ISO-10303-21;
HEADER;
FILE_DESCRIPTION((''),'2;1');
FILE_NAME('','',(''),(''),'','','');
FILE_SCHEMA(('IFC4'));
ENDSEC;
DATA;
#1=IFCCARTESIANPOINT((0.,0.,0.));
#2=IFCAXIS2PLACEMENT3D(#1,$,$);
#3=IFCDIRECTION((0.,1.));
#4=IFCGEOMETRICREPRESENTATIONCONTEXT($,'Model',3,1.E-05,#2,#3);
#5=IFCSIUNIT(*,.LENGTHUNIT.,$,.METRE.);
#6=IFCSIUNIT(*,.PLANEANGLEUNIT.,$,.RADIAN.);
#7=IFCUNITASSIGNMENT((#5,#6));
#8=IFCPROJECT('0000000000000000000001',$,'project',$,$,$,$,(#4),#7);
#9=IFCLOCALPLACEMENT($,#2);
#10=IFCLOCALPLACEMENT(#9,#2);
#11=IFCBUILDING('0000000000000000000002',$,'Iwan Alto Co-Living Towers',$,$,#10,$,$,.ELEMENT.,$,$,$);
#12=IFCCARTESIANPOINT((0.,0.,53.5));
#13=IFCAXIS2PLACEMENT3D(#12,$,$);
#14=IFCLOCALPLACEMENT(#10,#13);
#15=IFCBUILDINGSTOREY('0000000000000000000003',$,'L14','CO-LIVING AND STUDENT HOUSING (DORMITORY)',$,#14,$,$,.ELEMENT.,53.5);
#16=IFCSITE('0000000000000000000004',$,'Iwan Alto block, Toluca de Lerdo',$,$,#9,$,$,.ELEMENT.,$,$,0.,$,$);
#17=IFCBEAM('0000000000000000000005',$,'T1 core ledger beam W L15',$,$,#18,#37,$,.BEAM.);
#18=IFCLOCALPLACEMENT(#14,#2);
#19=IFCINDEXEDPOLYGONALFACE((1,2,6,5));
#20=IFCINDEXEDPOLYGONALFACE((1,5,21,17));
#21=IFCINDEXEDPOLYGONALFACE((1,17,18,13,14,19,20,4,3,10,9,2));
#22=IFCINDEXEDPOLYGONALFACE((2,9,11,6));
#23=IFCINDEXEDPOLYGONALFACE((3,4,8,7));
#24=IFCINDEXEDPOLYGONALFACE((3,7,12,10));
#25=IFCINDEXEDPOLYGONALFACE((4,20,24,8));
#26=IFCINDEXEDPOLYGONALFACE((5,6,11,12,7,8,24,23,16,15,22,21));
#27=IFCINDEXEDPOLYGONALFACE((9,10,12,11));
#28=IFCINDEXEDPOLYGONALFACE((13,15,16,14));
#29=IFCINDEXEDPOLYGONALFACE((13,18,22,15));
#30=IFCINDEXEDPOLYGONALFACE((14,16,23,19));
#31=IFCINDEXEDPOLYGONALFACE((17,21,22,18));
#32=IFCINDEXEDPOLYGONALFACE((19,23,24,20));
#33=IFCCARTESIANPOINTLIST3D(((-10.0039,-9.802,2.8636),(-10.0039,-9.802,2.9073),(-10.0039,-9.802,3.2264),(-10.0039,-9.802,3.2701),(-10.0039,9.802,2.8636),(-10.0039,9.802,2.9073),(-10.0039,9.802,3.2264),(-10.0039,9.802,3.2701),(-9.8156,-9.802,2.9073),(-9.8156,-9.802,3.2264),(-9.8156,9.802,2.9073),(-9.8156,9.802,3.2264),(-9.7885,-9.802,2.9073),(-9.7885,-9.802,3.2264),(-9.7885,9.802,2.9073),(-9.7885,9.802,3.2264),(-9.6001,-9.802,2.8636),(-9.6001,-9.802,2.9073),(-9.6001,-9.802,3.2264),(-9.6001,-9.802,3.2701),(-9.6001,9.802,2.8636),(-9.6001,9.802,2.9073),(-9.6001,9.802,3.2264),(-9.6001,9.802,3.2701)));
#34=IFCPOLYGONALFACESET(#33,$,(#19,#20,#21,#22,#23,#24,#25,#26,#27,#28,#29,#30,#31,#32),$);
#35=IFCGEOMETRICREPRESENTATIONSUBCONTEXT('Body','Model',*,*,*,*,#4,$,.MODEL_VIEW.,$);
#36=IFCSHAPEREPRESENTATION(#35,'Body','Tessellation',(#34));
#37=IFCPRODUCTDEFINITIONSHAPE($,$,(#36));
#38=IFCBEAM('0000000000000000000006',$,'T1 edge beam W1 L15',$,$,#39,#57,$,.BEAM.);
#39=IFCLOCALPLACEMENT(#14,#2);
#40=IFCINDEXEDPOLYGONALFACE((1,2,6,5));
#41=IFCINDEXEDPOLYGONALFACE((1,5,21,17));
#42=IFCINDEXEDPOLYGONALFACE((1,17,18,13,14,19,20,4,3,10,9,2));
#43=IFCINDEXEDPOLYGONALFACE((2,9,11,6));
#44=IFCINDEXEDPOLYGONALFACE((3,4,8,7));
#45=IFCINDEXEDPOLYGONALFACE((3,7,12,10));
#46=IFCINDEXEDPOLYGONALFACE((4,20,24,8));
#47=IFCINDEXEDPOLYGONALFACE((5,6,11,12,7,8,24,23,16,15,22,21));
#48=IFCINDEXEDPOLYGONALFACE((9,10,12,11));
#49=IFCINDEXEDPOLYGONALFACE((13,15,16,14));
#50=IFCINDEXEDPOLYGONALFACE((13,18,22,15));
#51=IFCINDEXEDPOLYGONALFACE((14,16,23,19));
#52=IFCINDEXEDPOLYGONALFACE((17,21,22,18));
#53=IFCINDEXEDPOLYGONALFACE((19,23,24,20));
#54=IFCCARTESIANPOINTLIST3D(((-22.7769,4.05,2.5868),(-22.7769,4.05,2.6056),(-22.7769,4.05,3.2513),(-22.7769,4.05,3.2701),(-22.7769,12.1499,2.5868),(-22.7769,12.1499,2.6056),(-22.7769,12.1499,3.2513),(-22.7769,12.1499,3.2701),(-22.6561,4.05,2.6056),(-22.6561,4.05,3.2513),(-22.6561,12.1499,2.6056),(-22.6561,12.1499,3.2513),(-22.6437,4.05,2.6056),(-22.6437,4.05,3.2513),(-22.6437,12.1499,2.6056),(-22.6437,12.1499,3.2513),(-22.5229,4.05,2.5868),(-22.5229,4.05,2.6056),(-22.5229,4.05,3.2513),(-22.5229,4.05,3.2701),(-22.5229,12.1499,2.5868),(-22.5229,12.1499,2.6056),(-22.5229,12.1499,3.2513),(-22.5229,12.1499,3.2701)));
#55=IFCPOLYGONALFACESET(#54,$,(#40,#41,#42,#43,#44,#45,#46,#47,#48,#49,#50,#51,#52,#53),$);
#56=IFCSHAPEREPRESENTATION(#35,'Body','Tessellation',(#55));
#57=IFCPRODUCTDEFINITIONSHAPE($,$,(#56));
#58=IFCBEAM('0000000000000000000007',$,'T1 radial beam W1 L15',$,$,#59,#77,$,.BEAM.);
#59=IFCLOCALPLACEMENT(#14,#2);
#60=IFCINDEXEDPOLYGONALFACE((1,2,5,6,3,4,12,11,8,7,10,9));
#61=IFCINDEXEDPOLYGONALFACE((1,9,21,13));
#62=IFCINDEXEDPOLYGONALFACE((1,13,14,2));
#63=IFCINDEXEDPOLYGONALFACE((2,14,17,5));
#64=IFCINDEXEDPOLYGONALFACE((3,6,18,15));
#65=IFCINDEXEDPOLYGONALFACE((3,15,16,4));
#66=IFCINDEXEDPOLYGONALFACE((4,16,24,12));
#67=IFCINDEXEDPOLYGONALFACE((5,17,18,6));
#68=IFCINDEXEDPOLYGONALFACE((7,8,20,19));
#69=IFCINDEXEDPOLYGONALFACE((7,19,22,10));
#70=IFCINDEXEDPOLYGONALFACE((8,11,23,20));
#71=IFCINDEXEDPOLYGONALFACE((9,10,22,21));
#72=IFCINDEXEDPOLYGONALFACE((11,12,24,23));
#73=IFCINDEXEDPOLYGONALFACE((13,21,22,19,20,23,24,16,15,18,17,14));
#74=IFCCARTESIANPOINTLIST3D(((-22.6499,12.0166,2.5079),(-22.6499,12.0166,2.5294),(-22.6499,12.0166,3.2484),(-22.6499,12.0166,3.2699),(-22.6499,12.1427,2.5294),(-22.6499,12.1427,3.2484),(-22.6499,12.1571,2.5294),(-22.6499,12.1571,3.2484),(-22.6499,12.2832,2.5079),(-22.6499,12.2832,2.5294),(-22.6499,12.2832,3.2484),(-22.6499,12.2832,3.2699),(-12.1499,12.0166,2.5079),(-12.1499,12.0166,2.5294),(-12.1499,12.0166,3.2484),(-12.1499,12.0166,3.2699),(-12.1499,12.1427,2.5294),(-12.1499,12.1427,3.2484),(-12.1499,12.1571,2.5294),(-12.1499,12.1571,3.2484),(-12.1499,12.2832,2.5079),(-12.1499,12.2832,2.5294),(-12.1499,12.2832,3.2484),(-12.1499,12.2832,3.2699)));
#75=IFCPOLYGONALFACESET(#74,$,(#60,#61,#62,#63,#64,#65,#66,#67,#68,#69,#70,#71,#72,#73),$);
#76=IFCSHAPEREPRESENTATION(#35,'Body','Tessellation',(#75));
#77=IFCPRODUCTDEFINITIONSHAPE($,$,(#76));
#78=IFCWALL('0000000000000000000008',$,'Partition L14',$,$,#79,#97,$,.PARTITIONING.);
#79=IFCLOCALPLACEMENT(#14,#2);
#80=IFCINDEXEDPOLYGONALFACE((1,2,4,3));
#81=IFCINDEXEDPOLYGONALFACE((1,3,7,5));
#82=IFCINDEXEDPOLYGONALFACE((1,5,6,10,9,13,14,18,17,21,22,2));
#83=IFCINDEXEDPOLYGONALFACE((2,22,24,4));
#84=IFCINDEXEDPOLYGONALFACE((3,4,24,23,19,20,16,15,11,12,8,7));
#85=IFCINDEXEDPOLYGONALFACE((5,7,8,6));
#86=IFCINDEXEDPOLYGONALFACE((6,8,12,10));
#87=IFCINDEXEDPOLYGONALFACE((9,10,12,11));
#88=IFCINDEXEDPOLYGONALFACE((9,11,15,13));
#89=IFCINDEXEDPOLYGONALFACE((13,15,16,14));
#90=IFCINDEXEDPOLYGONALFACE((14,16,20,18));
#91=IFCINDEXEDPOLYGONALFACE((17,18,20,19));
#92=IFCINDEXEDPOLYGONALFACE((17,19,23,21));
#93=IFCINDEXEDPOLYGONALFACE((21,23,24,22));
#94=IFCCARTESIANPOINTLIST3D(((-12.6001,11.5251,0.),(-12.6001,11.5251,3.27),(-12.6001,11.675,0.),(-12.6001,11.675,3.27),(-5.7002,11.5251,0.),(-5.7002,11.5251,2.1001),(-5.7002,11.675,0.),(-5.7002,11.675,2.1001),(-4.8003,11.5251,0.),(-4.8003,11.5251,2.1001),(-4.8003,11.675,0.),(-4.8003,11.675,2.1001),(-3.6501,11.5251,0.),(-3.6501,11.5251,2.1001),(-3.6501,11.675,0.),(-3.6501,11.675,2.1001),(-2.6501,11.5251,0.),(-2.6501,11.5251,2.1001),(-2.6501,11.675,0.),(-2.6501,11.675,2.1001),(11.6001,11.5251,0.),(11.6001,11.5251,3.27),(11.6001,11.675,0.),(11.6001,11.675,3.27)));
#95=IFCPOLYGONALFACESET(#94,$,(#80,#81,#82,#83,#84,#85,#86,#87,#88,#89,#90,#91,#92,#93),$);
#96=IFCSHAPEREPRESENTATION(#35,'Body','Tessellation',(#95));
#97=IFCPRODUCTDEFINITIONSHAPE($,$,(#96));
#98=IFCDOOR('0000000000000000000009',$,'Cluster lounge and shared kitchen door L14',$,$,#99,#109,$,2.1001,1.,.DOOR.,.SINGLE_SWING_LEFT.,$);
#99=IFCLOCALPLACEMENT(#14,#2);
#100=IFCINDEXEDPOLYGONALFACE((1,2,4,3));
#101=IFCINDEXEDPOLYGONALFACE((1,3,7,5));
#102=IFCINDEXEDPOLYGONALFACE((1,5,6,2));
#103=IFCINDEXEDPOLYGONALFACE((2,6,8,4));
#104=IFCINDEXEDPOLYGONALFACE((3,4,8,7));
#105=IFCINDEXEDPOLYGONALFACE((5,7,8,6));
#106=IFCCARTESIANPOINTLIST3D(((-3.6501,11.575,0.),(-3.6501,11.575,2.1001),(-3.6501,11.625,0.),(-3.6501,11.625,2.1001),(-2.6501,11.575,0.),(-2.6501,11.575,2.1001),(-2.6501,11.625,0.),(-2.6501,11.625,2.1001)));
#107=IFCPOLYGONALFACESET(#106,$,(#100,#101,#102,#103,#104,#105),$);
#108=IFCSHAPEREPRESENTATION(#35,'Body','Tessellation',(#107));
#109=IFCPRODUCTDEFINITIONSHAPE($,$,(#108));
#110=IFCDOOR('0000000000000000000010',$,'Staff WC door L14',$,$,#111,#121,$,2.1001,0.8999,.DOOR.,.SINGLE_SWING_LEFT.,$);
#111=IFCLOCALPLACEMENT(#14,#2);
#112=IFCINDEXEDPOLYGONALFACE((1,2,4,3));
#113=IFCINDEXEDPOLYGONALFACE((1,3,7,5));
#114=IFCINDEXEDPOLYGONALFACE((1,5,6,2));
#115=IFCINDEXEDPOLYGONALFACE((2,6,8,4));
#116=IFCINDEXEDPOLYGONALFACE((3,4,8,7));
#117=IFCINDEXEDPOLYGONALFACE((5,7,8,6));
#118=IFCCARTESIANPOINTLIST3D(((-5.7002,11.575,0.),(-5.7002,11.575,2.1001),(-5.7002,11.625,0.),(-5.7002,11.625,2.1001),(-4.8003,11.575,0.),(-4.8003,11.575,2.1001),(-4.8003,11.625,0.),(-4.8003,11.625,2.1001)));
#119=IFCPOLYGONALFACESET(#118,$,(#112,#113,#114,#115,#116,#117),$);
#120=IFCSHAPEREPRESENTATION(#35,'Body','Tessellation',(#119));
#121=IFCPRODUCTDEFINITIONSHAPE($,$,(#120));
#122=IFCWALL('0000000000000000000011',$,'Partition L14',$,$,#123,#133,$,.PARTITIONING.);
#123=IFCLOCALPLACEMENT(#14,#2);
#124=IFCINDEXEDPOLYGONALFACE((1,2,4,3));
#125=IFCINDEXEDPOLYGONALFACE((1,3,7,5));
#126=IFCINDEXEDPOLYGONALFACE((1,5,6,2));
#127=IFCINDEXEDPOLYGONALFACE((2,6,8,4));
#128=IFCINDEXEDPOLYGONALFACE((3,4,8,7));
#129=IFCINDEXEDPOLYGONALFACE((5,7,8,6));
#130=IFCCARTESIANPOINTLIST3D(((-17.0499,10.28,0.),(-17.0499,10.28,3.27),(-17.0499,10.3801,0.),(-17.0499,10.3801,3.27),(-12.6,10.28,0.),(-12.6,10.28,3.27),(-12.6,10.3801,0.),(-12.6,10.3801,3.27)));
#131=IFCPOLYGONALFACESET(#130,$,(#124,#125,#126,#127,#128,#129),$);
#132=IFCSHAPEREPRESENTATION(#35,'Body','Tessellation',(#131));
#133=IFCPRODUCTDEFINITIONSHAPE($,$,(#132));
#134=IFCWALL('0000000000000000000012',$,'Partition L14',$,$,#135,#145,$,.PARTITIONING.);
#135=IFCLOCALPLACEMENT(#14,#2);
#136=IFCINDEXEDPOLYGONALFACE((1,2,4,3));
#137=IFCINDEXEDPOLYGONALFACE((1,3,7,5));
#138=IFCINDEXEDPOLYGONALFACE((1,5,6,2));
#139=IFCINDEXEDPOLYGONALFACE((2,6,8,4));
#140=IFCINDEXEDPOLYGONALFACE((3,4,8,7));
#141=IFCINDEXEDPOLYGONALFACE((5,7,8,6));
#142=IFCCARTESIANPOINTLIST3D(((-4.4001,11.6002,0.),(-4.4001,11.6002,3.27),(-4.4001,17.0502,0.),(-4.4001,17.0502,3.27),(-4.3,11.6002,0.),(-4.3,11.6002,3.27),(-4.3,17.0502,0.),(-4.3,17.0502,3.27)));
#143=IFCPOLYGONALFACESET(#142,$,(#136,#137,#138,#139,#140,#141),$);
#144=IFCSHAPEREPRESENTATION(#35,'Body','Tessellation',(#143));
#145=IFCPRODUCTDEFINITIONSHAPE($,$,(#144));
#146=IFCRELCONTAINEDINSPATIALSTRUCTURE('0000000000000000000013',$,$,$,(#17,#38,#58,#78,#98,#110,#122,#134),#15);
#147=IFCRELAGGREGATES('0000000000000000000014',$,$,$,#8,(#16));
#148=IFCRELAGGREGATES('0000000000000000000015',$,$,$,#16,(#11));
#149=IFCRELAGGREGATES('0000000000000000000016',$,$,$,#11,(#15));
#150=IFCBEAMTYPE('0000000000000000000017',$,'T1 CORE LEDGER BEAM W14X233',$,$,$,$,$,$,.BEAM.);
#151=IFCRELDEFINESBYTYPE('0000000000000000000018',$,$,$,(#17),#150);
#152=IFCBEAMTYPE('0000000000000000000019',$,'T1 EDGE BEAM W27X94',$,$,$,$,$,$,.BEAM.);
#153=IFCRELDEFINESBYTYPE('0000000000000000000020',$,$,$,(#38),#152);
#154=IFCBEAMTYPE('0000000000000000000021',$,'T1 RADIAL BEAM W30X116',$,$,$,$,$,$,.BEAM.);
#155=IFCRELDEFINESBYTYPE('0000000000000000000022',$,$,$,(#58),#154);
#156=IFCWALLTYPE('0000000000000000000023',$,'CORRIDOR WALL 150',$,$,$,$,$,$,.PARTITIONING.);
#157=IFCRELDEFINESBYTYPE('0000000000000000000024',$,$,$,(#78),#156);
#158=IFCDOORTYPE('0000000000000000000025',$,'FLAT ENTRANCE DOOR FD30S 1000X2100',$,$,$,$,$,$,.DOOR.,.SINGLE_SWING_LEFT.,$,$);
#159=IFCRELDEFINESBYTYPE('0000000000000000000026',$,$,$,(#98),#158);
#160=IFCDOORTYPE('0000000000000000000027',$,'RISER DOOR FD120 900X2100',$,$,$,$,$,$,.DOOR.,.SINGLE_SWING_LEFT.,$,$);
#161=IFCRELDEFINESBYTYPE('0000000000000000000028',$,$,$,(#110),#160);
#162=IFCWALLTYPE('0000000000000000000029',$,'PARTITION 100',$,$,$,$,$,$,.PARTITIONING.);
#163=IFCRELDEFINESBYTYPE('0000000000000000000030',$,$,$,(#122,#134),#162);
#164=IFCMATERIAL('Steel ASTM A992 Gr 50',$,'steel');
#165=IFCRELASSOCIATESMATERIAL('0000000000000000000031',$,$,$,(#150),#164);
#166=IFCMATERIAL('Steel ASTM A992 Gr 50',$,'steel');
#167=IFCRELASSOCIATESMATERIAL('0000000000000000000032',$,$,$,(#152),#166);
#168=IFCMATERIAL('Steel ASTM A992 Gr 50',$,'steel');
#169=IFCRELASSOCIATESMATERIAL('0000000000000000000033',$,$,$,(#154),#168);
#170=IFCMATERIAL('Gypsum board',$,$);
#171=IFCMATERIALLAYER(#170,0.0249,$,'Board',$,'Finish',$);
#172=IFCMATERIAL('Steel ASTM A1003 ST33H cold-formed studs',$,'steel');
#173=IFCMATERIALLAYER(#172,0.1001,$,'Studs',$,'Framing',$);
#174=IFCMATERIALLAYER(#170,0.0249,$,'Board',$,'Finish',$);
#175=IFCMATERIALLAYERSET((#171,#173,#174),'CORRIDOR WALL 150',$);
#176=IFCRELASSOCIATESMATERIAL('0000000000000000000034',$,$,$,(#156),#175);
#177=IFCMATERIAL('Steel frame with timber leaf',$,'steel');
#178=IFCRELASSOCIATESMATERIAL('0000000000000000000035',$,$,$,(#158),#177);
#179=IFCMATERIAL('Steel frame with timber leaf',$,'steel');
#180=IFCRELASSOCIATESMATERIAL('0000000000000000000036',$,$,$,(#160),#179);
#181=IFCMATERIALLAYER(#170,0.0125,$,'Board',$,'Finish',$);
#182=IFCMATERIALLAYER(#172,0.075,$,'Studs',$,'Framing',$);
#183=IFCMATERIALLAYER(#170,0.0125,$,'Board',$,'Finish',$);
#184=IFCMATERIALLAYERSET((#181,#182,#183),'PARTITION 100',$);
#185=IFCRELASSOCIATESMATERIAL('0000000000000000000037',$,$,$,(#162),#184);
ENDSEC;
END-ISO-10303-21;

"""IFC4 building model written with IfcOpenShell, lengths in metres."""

from ifc_helpers import new_model, si_unit, direction, frame, frame_2d, origin, origin_2d, place, context, subcontext, project, spatial, rectangle, i_section, extrude, material, layer, layer_set, material_profile, profile_set, type_object, element, fill, save


model = new_model("IFC4")

# Units and contexts
model_context = context("Model", 3, precision=1e-05, world=origin(), true_north=direction((0.0, 1.0)))
body_context = subcontext(model_context, "Body", "Model", "MODEL_VIEW")
ifc_project = project(units=[si_unit("LENGTHUNIT", "METRE"), si_unit("PLANEANGLEUNIT", "RADIAN")], contexts=[model_context])

# Site, building, storey
site_placement = place(None, origin())
site = spatial("IfcSite", under=ifc_project, at=site_placement, Name="Iwan Alto block, Toluca de Lerdo", CompositionType="ELEMENT", RefElevation=0.0)
building_placement = place(site_placement, origin())
building = spatial("IfcBuilding", under=site, at=building_placement, Name="Iwan Alto Co-Living Towers", CompositionType="ELEMENT")
storey_placement = place(building_placement, frame((0.0, 0.0, 53.5)))
storey = spatial("IfcBuildingStorey", under=building, at=storey_placement, Name="L14", Description="CO-LIVING AND STUDENT HOUSING (DORMITORY)", CompositionType="ELEMENT", Elevation=53.5)

# Beams
ifc_material_1 = material(Name="Steel ASTM A992 Gr 50", Category="steel")
ifc_material_profile_1 = material_profile(ifc_material_1, i_section(OverallWidth=0.4038, OverallDepth=0.4065, WebThickness=0.0271, FlangeThickness=0.0437, at=origin_2d()), Name="W14X233")
ifc_profile_set_1 = profile_set([ifc_material_profile_1], Name="Steel ASTM A992 Gr 50")
beam_type_1 = type_object("IfcBeamType", Name="T1 CORE LEDGER BEAM W14X233", PredefinedType="BEAM", material=ifc_profile_set_1)
beam_1_placement = place(storey_placement, frame((-9.802, 9.802, 3.0669), z_axis=(0.0, -1.0, 0.0), x_axis=(1.0, 0.0, 0.0)))
element("IfcBeam", 1, at=beam_1_placement, inside=storey, type_object=beam_type_1, Name="T1 core ledger beam W L15", PredefinedType="BEAM", context=body_context, shape_type="SweptSolid", body=[
    extrude(i_section(OverallWidth=0.4038, OverallDepth=0.4065, WebThickness=0.0271, FlangeThickness=0.0437, at=origin_2d()), origin(), (0.0, 0.0, 1.0), 19.604),
])
ifc_material_2 = material(Name="Steel ASTM A992 Gr 50", Category="steel")
ifc_material_profile_2 = material_profile(ifc_material_2, i_section(OverallWidth=0.2539, OverallDepth=0.6833, WebThickness=0.0125, FlangeThickness=0.0188, at=origin_2d()), Name="W27X94")
ifc_profile_set_2 = profile_set([ifc_material_profile_2], Name="Steel ASTM A992 Gr 50")
beam_type_2 = type_object("IfcBeamType", Name="T1 EDGE BEAM W27X94", PredefinedType="BEAM", material=ifc_profile_set_2)
beam_2_placement = place(storey_placement, frame((-22.6499, 12.1499, 2.9285), z_axis=(0.0, -1.0, 0.0), x_axis=(1.0, 0.0, 0.0)))
element("IfcBeam", 2, at=beam_2_placement, inside=storey, type_object=beam_type_2, Name="T1 edge beam W1 L15", PredefinedType="BEAM", context=body_context, shape_type="SweptSolid", body=[
    extrude(i_section(OverallWidth=0.2539, OverallDepth=0.6833, WebThickness=0.0125, FlangeThickness=0.0188, at=origin_2d()), origin(), (0.0, 0.0, 1.0), 8.0999),
])
ifc_material_3 = material(Name="Steel ASTM A992 Gr 50", Category="steel")
ifc_material_profile_3 = material_profile(ifc_material_3, i_section(OverallWidth=0.2666, OverallDepth=0.762, WebThickness=0.0144, FlangeThickness=0.0215, at=origin_2d()), Name="W30X116")
ifc_profile_set_3 = profile_set([ifc_material_profile_3], Name="Steel ASTM A992 Gr 50")
beam_type_3 = type_object("IfcBeamType", Name="T1 RADIAL BEAM W30X116", PredefinedType="BEAM", material=ifc_profile_set_3)
beam_3_placement = place(storey_placement, frame((-22.6499, 12.1499, 2.8889), z_axis=(1.0, 0.0, 0.0), x_axis=(0.0, 1.0, 0.0)))
element("IfcBeam", 3, at=beam_3_placement, inside=storey, type_object=beam_type_3, Name="T1 radial beam W1 L15", PredefinedType="BEAM", context=body_context, shape_type="SweptSolid", body=[
    extrude(i_section(OverallWidth=0.2666, OverallDepth=0.762, WebThickness=0.0144, FlangeThickness=0.0215, at=origin_2d()), origin(), (0.0, 0.0, 1.0), 10.5),
])

# Wall, openings, doors
ifc_material_4 = material(Name="Gypsum board")
ifc_layer_1 = layer(ifc_material_4, 0.0249, Name="Board", Category="Finish")
ifc_material_5 = material(Name="Steel ASTM A1003 ST33H cold-formed studs", Category="steel")
ifc_layer_2 = layer(ifc_material_5, 0.1001, Name="Studs", Category="Framing")
ifc_layer_3 = layer(ifc_material_4, 0.0249, Name="Board", Category="Finish")
ifc_layer_set_1 = layer_set([ifc_layer_1, ifc_layer_2, ifc_layer_3], Name="CORRIDOR WALL 150")
wall_type_1 = type_object("IfcWallType", Name="CORRIDOR WALL 150", PredefinedType="PARTITIONING", material=ifc_layer_set_1)
wall_1_placement = place(storey_placement, frame((-12.6001, 11.6001, 0.0), z_axis=(0.0, 0.0, 1.0), x_axis=(1.0, 0.0, 0.0)))
wall_1 = element("IfcWall", 4, at=wall_1_placement, inside=storey, type_object=wall_type_1, Name="Partition L14", PredefinedType="PARTITIONING", context=body_context, shape_type="SweptSolid", body=[
    extrude(rectangle(XDim=24.2002, YDim=0.1499, at=frame_2d((12.1001, 0.0))), origin(), (0.0, 0.0, 1.0), 3.27),
])
opening_1_placement = place(wall_1_placement, frame((8.95, 0.0, 0.0)))
opening_1 = element("IfcOpeningElement", 5, at=opening_1_placement, cuts=wall_1, PredefinedType="OPENING", context=body_context, shape_type="SweptSolid", body=[
    extrude(rectangle(XDim=1.0, YDim=2.1001, at=frame_2d((0.5, 1.05))), frame((0.0, 0.085, 0.0), z_axis=(0.0, -1.0, 0.0), x_axis=(1.0, 0.0, 0.0)), (0.0, 0.0, 1.0), 0.1699),
])
opening_2_placement = place(wall_1_placement, frame((6.8999, 0.0, 0.0)))
opening_2 = element("IfcOpeningElement", 6, at=opening_2_placement, cuts=wall_1, PredefinedType="OPENING", context=body_context, shape_type="SweptSolid", body=[
    extrude(rectangle(XDim=0.8999, YDim=2.1001, at=frame_2d((0.45, 1.05))), frame((0.0, 0.085, 0.0), z_axis=(0.0, -1.0, 0.0), x_axis=(1.0, 0.0, 0.0)), (0.0, 0.0, 1.0), 0.1699),
])
ifc_material_6 = material(Name="Steel frame with timber leaf", Category="steel")
door_type_1 = type_object("IfcDoorType", Name="FLAT ENTRANCE DOOR FD30S 1000X2100", OperationType="SINGLE_SWING_LEFT", PredefinedType="DOOR", material=ifc_material_6)
door_1_placement = place(opening_1_placement, origin())
door_1 = element("IfcDoor", 7, at=door_1_placement, inside=storey, type_object=door_type_1, Name="Cluster lounge and shared kitchen door L14", OperationType="SINGLE_SWING_LEFT", OverallHeight=2.1001, OverallWidth=1.0, PredefinedType="DOOR", context=body_context, shape_type="SweptSolid", body=[
    extrude(rectangle(XDim=1.0, YDim=2.1001, at=frame_2d((0.5, 1.05))), frame((0.0, 0.0249, 0.0), z_axis=(0.0, -1.0, 0.0), x_axis=(1.0, 0.0, 0.0)), (0.0, 0.0, 1.0), 0.05),
])
fill(opening_1, door_1)
ifc_material_7 = material(Name="Steel frame with timber leaf", Category="steel")
door_type_2 = type_object("IfcDoorType", Name="RISER DOOR FD120 900X2100", OperationType="SINGLE_SWING_LEFT", PredefinedType="DOOR", material=ifc_material_7)
door_2_placement = place(opening_2_placement, origin())
door_2 = element("IfcDoor", 8, at=door_2_placement, inside=storey, type_object=door_type_2, Name="Staff WC door L14", OperationType="SINGLE_SWING_LEFT", OverallHeight=2.1001, OverallWidth=0.8999, PredefinedType="DOOR", context=body_context, shape_type="SweptSolid", body=[
    extrude(rectangle(XDim=0.8999, YDim=2.1001, at=frame_2d((0.45, 1.05))), frame((0.0, 0.0249, 0.0), z_axis=(0.0, -1.0, 0.0), x_axis=(1.0, 0.0, 0.0)), (0.0, 0.0, 1.0), 0.05),
])
fill(opening_2, door_2)

# Walls
ifc_layer_4 = layer(ifc_material_4, 0.0125, Name="Board", Category="Finish")
ifc_layer_5 = layer(ifc_material_5, 0.075, Name="Studs", Category="Framing")
ifc_layer_6 = layer(ifc_material_4, 0.0125, Name="Board", Category="Finish")
ifc_layer_set_2 = layer_set([ifc_layer_4, ifc_layer_5, ifc_layer_6], Name="PARTITION 100")
wall_type_2 = type_object("IfcWallType", Name="PARTITION 100", PredefinedType="PARTITIONING", material=ifc_layer_set_2)
wall_2_placement = place(storey_placement, frame((-17.05, 10.3301, 0.0), z_axis=(0.0, 0.0, 1.0), x_axis=(1.0, 0.0, 0.0)))
element("IfcWall", 9, at=wall_2_placement, inside=storey, type_object=wall_type_2, Name="Partition L14", PredefinedType="PARTITIONING", context=body_context, shape_type="SweptSolid", body=[
    extrude(rectangle(XDim=4.45, YDim=0.1001, at=frame_2d((2.2251, 0.0))), origin(), (0.0, 0.0, 1.0), 3.27),
])
wall_3_placement = place(storey_placement, frame((-4.3501, 11.6001, 0.0), z_axis=(0.0, 0.0, 1.0), x_axis=(0.0, 1.0, 0.0)))
element("IfcWall", 10, at=wall_3_placement, inside=storey, type_object=wall_type_2, Name="Partition L14", PredefinedType="PARTITIONING", context=body_context, shape_type="SweptSolid", body=[
    extrude(rectangle(XDim=5.45, YDim=0.1001, at=frame_2d((2.7251, 0.0))), origin(), (0.0, 0.0, 1.0), 3.27),
])

save(model, "model.ifc")
